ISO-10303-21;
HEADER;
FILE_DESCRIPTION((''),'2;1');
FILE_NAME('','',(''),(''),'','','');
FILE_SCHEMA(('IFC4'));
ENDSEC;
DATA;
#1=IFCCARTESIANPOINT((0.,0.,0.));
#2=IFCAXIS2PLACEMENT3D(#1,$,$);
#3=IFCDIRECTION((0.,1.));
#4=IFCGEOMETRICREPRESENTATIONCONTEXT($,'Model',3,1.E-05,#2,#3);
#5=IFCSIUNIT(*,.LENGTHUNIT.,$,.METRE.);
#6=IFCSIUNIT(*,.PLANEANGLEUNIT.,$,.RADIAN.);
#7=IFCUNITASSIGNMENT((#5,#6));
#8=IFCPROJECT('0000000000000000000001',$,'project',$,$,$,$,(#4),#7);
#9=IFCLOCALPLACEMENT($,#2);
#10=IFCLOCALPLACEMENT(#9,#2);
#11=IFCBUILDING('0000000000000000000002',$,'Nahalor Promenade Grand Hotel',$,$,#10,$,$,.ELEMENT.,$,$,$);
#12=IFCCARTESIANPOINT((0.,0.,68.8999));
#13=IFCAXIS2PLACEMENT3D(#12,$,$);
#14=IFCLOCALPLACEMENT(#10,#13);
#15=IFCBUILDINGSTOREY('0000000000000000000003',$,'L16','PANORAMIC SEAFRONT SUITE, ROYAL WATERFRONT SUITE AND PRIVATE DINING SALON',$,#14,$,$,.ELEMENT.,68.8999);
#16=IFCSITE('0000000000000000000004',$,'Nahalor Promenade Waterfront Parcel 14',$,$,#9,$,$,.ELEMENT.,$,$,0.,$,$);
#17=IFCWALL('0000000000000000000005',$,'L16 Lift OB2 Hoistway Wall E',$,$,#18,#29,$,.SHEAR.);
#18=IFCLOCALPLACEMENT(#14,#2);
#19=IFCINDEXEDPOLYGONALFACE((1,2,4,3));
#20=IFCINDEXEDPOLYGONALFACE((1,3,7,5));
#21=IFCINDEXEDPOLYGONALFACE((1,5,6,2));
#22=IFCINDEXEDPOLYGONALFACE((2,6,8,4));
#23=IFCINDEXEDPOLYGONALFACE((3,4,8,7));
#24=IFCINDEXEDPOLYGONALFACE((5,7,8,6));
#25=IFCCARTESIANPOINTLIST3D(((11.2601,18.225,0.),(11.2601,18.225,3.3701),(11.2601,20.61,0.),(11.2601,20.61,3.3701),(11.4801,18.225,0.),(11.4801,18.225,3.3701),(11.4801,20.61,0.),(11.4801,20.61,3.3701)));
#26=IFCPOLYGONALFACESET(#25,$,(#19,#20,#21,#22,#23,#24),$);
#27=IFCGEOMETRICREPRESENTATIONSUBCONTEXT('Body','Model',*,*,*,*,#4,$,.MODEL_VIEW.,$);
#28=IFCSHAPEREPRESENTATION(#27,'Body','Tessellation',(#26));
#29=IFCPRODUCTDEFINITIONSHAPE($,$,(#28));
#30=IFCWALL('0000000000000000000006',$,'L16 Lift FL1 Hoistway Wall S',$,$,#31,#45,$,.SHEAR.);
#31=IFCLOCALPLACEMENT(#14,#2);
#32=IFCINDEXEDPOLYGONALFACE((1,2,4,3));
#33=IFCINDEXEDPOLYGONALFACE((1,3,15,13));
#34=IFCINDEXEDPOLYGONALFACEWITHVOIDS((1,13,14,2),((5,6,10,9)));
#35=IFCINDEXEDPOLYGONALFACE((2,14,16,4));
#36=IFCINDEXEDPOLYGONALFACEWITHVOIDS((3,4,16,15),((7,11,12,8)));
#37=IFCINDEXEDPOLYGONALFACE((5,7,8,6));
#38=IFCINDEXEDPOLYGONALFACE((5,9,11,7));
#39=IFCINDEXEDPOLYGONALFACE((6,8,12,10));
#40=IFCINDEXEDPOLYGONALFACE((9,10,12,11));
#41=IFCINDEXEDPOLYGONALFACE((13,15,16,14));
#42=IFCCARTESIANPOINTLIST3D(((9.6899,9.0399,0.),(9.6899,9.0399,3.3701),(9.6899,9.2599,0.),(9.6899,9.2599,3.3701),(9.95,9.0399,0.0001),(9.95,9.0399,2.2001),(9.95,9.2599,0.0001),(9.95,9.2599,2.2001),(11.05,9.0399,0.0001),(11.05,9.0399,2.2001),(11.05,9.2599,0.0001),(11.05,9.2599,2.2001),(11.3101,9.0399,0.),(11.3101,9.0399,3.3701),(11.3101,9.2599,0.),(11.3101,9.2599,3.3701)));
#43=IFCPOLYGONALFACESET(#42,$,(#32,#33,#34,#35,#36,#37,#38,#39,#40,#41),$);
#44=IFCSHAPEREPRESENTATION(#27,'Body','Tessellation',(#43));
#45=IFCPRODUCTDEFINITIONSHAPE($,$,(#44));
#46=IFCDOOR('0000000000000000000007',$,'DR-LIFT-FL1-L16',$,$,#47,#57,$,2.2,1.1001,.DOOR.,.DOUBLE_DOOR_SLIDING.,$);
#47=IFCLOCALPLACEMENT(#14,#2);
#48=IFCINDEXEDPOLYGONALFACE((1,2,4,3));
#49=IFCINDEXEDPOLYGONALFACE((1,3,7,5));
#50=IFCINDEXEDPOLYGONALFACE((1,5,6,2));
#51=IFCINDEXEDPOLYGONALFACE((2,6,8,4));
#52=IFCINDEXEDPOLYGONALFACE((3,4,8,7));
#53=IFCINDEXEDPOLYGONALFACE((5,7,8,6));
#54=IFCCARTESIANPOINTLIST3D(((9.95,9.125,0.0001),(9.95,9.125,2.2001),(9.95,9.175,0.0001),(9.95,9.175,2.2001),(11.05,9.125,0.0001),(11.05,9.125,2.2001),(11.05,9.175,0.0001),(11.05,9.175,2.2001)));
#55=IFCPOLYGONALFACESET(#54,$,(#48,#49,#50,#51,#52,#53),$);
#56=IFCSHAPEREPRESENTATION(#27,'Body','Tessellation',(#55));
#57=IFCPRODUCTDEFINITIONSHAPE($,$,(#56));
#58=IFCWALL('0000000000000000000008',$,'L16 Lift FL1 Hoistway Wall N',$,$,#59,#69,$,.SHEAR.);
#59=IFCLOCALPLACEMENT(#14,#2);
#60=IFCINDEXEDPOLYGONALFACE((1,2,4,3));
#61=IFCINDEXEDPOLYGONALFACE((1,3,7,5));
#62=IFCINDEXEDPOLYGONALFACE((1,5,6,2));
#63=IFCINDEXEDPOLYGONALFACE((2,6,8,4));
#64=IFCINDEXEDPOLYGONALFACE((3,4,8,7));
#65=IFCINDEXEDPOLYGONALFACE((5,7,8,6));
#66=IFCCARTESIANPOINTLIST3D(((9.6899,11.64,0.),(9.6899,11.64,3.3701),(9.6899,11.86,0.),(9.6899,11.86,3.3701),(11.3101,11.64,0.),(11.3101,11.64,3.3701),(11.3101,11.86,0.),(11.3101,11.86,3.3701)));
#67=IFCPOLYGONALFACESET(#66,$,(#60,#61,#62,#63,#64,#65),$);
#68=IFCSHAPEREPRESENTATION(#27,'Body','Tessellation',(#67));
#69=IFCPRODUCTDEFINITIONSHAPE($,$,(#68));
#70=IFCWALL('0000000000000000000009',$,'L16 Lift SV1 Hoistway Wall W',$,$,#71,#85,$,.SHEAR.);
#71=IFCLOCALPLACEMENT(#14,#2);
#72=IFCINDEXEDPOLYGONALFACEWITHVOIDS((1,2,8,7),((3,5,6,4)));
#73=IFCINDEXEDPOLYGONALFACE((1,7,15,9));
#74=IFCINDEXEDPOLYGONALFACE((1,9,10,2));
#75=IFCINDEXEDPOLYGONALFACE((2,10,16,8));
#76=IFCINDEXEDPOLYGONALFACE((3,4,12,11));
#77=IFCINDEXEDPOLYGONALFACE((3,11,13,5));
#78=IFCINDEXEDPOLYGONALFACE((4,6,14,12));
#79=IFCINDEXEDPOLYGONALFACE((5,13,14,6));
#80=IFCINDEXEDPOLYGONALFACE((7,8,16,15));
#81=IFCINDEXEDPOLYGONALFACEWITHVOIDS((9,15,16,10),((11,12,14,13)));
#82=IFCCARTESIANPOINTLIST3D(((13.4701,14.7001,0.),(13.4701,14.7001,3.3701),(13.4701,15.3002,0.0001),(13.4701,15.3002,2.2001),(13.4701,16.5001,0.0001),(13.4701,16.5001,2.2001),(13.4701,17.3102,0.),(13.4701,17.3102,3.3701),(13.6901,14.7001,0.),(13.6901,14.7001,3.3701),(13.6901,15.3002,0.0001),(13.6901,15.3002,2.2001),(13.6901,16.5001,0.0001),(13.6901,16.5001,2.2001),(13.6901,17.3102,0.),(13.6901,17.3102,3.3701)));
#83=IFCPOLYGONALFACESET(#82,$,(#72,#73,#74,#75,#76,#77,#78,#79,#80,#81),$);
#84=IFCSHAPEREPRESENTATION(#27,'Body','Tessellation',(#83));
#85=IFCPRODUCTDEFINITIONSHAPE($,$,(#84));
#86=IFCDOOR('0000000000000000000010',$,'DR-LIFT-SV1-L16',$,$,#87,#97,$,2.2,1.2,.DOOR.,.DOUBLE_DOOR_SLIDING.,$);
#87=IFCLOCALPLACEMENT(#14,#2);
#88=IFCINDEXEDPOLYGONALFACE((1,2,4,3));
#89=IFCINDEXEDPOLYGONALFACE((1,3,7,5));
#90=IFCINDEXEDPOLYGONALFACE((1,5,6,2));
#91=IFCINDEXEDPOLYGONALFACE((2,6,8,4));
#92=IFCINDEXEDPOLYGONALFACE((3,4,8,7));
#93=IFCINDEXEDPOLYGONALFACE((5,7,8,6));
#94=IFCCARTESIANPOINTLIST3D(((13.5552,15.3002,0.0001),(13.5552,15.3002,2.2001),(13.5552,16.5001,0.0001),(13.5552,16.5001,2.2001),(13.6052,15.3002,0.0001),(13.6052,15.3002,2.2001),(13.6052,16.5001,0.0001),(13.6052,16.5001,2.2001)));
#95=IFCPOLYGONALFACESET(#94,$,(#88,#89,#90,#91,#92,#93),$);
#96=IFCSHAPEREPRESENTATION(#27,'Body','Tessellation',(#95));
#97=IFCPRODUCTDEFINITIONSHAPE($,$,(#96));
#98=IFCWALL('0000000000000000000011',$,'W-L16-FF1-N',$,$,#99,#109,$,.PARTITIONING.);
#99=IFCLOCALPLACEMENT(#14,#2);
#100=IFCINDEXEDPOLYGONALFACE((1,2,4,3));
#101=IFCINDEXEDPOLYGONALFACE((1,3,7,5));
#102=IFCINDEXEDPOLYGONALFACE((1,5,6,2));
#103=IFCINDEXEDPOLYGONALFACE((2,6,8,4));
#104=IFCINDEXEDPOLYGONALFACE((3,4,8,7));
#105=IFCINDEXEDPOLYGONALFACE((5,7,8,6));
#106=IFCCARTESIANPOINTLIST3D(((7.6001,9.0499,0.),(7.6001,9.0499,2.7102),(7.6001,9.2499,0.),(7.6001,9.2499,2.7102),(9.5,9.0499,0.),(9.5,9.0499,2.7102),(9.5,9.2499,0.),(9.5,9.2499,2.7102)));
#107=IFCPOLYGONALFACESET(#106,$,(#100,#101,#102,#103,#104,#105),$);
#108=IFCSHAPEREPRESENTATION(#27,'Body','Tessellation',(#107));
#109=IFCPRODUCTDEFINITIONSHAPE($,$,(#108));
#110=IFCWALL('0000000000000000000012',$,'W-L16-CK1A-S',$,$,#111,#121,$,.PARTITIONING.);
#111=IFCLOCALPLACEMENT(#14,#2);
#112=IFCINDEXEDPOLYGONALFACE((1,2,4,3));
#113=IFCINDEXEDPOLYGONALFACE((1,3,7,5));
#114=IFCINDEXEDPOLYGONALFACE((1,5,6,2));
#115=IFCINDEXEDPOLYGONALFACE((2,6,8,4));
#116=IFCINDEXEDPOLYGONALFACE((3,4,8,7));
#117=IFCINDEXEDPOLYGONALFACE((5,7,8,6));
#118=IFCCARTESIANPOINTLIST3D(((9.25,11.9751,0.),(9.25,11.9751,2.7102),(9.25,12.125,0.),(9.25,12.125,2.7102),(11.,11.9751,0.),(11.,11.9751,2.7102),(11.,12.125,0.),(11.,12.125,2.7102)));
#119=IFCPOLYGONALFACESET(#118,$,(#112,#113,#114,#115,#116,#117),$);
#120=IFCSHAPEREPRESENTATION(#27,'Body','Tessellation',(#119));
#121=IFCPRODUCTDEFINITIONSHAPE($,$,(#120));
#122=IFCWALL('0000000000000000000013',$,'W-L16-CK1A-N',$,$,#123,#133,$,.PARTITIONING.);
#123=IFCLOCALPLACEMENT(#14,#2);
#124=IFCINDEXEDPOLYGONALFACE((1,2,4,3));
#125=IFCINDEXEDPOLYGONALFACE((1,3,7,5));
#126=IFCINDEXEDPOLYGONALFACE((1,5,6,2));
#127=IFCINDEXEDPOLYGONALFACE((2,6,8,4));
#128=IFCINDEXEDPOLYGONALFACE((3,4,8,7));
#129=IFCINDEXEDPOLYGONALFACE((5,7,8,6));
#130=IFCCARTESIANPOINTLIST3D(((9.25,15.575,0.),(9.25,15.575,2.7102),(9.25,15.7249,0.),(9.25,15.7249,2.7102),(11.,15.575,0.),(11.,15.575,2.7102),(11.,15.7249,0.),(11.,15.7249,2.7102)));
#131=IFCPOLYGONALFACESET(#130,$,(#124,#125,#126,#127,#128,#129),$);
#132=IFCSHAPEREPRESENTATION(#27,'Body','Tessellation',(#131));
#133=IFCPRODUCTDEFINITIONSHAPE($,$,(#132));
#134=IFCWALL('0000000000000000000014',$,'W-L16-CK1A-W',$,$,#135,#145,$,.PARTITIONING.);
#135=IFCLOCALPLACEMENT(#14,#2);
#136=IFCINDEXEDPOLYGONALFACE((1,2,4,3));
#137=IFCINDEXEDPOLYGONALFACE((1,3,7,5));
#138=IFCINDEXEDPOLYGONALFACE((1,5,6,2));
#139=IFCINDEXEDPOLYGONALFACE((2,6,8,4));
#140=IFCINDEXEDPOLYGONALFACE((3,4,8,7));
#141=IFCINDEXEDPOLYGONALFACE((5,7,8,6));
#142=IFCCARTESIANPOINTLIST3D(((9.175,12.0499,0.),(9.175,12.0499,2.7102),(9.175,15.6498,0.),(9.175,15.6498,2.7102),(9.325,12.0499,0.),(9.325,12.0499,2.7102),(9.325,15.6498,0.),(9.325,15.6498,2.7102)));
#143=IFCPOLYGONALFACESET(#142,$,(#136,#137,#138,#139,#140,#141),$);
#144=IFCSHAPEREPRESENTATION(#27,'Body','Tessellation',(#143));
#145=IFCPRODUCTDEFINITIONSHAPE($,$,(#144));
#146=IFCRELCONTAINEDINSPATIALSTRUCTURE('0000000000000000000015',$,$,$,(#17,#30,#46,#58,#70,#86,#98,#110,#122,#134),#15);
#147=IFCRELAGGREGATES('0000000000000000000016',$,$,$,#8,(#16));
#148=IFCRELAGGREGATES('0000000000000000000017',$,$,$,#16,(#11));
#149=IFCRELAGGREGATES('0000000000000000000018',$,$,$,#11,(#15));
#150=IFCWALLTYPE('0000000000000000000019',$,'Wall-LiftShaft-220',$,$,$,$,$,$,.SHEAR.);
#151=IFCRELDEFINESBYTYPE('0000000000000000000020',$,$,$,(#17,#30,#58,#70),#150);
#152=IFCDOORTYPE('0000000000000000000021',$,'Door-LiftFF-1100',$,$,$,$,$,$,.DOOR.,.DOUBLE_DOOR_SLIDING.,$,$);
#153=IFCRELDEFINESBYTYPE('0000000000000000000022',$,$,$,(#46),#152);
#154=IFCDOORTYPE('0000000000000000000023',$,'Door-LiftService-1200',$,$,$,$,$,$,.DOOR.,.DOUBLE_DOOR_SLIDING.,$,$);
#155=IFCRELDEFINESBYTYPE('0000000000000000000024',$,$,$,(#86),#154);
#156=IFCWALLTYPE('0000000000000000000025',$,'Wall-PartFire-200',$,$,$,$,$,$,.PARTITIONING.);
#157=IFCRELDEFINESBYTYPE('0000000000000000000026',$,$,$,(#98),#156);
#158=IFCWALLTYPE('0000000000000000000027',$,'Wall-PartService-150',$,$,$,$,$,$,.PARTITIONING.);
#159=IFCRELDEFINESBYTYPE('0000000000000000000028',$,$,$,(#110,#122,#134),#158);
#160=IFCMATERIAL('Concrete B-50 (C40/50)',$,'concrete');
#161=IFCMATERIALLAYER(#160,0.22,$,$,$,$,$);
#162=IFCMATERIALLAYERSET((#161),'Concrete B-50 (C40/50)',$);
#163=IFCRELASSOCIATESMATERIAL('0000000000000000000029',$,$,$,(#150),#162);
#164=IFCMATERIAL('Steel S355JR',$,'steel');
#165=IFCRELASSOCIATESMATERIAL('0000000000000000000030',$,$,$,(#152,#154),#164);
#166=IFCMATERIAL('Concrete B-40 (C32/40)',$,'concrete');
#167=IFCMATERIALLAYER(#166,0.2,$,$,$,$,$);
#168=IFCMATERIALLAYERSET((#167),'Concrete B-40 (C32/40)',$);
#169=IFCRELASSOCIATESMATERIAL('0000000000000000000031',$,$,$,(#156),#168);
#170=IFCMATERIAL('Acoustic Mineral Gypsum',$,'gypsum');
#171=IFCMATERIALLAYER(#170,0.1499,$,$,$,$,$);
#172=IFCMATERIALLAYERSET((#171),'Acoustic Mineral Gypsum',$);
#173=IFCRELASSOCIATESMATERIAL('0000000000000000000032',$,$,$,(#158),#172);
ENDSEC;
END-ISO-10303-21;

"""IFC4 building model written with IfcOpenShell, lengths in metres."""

from ifc_helpers import new_model, si_unit, direction, frame, frame_2d, origin, place, context, subcontext, project, spatial, rectangle, extrude, source, transform, mapped, material, layer, layer_set, type_object, element, fill, save


model = new_model("IFC4")

# Units and contexts
model_context = context("Model", 3, precision=1e-05, world=origin(), true_north=direction((0.0, 1.0)))
body_context = subcontext(model_context, "Body", "Model", "MODEL_VIEW")
ifc_project = project(units=[si_unit("LENGTHUNIT", "METRE"), si_unit("PLANEANGLEUNIT", "RADIAN")], contexts=[model_context])

# Site, building, storey
site_placement = place(None, origin())
site = spatial("IfcSite", under=ifc_project, at=site_placement, Name="Nahalor Promenade Waterfront Parcel 14", CompositionType="ELEMENT", RefElevation=0.0)
building_placement = place(site_placement, origin())
building = spatial("IfcBuilding", under=site, at=building_placement, Name="Nahalor Promenade Grand Hotel", CompositionType="ELEMENT")
storey_placement = place(building_placement, frame((0.0, 0.0, 68.8999)))
storey = spatial("IfcBuildingStorey", under=building, at=storey_placement, Name="L16", Description="PANORAMIC SEAFRONT SUITE, ROYAL WATERFRONT SUITE AND PRIVATE DINING SALON", CompositionType="ELEMENT", Elevation=68.8999)

# Shared definitions
ifc_material_1 = material(Name="Steel S355JR", Category="steel")

# Shared definitions
ifc_material_2 = material(Name="Concrete B-50 (C40/50)", Category="concrete")
ifc_layer_1 = layer(ifc_material_2, 0.22)
ifc_layer_set_1 = layer_set([ifc_layer_1], Name="Concrete B-50 (C40/50)")
wall_type_1 = type_object("IfcWallType", Name="Wall-LiftShaft-220", PredefinedType="SHEAR", material=ifc_layer_set_1)

# Wall
shared_shape_1 = source(origin(), body_context, "Body", "SweptSolid", [
    extrude(rectangle(XDim=2.385, YDim=0.22, at=frame_2d((1.1924, 0.0))), origin(), (0.0, 0.0, 1.0), 3.3701),
])
for number, where, z_axis, x_axis, name in (
    (1, (11.3701, 18.2251, 0.0), (0.0, 0.0, 1.0), (0.0, 1.0, 0.0), "L16 Lift OB2 Hoistway Wall E"),
):
    element("IfcWall", number, at=place(storey_placement, frame(where, z_axis=z_axis, x_axis=x_axis)), inside=storey, type_object=wall_type_1, Name=name, PredefinedType="SHEAR", context=body_context, shape_type="MappedRepresentation", body=[
        mapped(shared_shape_1, transform((0.0, 0.0, 0.0), scale=1.0)),
    ])

# Wall, opening, door
shared_shape_2 = source(origin(), body_context, "Body", "SweptSolid", [
    extrude(rectangle(XDim=1.6201, YDim=0.22, at=frame_2d((0.8101, 0.0))), origin(), (0.0, 0.0, 1.0), 3.3701),
])
wall_1_placement = place(storey_placement, frame((9.6899, 9.1499, 0.0), z_axis=(0.0, 0.0, 1.0), x_axis=(1.0, 0.0, 0.0)))
wall_1 = element("IfcWall", 2, at=wall_1_placement, inside=storey, type_object=wall_type_1, Name="L16 Lift FL1 Hoistway Wall S", PredefinedType="SHEAR", context=body_context, shape_type="MappedRepresentation", body=[
    mapped(shared_shape_2, transform((0.0, 0.0, 0.0), scale=1.0)),
])
opening_1_placement = place(wall_1_placement, frame((0.26, 0.0, 0.0)))
opening_1 = element("IfcOpeningElement", 3, at=opening_1_placement, cuts=wall_1, PredefinedType="OPENING", context=body_context, shape_type="SweptSolid", body=[
    extrude(rectangle(XDim=1.1001, YDim=2.2, at=frame_2d((0.55, 1.1001))), frame((0.0, 0.1199, 0.0), z_axis=(0.0, -1.0, 0.0), x_axis=(1.0, 0.0, 0.0)), (0.0, 0.0, 1.0), 0.24),
])
door_type_1 = type_object("IfcDoorType", Name="Door-LiftFF-1100", OperationType="DOUBLE_DOOR_SLIDING", PredefinedType="DOOR", material=ifc_material_1)
shared_shape_3 = source(origin(), body_context, "Body", "SweptSolid", [
    extrude(rectangle(XDim=1.1001, YDim=2.2, at=frame_2d((0.55, 1.1001))), frame((0.0, 0.0249, 0.0), z_axis=(0.0, -1.0, 0.0), x_axis=(1.0, 0.0, 0.0)), (0.0, 0.0, 1.0), 0.05),
])
door_1_placement = place(opening_1_placement, frame((1.1001, 0.0, 0.0), z_axis=(0.0, 0.0, 1.0), x_axis=(-1.0, 0.0, 0.0)))
door_1 = element("IfcDoor", 4, at=door_1_placement, inside=storey, type_object=door_type_1, Name="DR-LIFT-FL1-L16", OperationType="DOUBLE_DOOR_SLIDING", OverallHeight=2.2, OverallWidth=1.1001, PredefinedType="DOOR", context=body_context, shape_type="MappedRepresentation", body=[
    mapped(shared_shape_3, transform((0.0, 0.0, 0.0), scale=1.0)),
])
fill(opening_1, door_1)

# Wall
wall_2_placement = place(storey_placement, frame((9.6899, 11.75, 0.0), z_axis=(0.0, 0.0, 1.0), x_axis=(1.0, 0.0, 0.0)))
element("IfcWall", 5, at=wall_2_placement, inside=storey, type_object=wall_type_1, Name="L16 Lift FL1 Hoistway Wall N", PredefinedType="SHEAR", context=body_context, shape_type="MappedRepresentation", body=[
    mapped(shared_shape_2, transform((0.0, 0.0, 0.0), scale=1.0)),
])

# Wall, opening, door
shared_shape_4 = source(origin(), body_context, "Body", "SweptSolid", [
    extrude(rectangle(XDim=2.6101, YDim=0.22, at=frame_2d((1.3052, 0.0))), origin(), (0.0, 0.0, 1.0), 3.3701),
])
wall_3_placement = place(storey_placement, frame((13.5801, 14.7, 0.0), z_axis=(0.0, 0.0, 1.0), x_axis=(0.0, 1.0, 0.0)))
wall_3 = element("IfcWall", 6, at=wall_3_placement, inside=storey, type_object=wall_type_1, Name="L16 Lift SV1 Hoistway Wall W", PredefinedType="SHEAR", context=body_context, shape_type="MappedRepresentation", body=[
    mapped(shared_shape_4, transform((0.0, 0.0, 0.0), scale=1.0)),
])
opening_2_placement = place(wall_3_placement, frame((0.6001, 0.0, 0.0)))
opening_2 = element("IfcOpeningElement", 7, at=opening_2_placement, cuts=wall_3, PredefinedType="OPENING", context=body_context, shape_type="SweptSolid", body=[
    extrude(rectangle(XDim=1.2, YDim=2.2, at=frame_2d((0.6001, 1.1001))), frame((0.0, 0.1199, 0.0), z_axis=(0.0, -1.0, 0.0), x_axis=(1.0, 0.0, 0.0)), (0.0, 0.0, 1.0), 0.24),
])
door_type_2 = type_object("IfcDoorType", Name="Door-LiftService-1200", OperationType="DOUBLE_DOOR_SLIDING", PredefinedType="DOOR", material=ifc_material_1)
shared_shape_5 = source(origin(), body_context, "Body", "SweptSolid", [
    extrude(rectangle(XDim=1.2, YDim=2.2, at=frame_2d((0.6001, 1.1001))), frame((0.0, 0.0249, 0.0), z_axis=(0.0, -1.0, 0.0), x_axis=(1.0, 0.0, 0.0)), (0.0, 0.0, 1.0), 0.05),
])
door_2_placement = place(opening_2_placement, origin())
door_2 = element("IfcDoor", 8, at=door_2_placement, inside=storey, type_object=door_type_2, Name="DR-LIFT-SV1-L16", OperationType="DOUBLE_DOOR_SLIDING", OverallHeight=2.2, OverallWidth=1.2, PredefinedType="DOOR", context=body_context, shape_type="MappedRepresentation", body=[
    mapped(shared_shape_5, transform((0.0, 0.0, 0.0), scale=1.0)),
])
fill(opening_2, door_2)

# Walls
ifc_material_3 = material(Name="Concrete B-40 (C32/40)", Category="concrete")
ifc_layer_2 = layer(ifc_material_3, 0.2)
ifc_layer_set_2 = layer_set([ifc_layer_2], Name="Concrete B-40 (C32/40)")
wall_type_2 = type_object("IfcWallType", Name="Wall-PartFire-200", PredefinedType="PARTITIONING", material=ifc_layer_set_2)
shared_shape_6 = source(origin(), body_context, "Body", "SweptSolid", [
    extrude(rectangle(XDim=1.8999, YDim=0.2, at=frame_2d((0.95, 0.0))), origin(), (0.0, 0.0, 1.0), 2.7102),
])
wall_4_placement = place(storey_placement, frame((7.6001, 9.1499, 0.0), z_axis=(0.0, 0.0, 1.0), x_axis=(1.0, 0.0, 0.0)))
element("IfcWall", 9, at=wall_4_placement, inside=storey, type_object=wall_type_2, Name="W-L16-FF1-N", PredefinedType="PARTITIONING", context=body_context, shape_type="MappedRepresentation", body=[
    mapped(shared_shape_6, transform((0.0, 0.0, 0.0), scale=1.0)),
])
ifc_material_4 = material(Name="Acoustic Mineral Gypsum", Category="gypsum")
ifc_layer_3 = layer(ifc_material_4, 0.1499)
ifc_layer_set_3 = layer_set([ifc_layer_3], Name="Acoustic Mineral Gypsum")
wall_type_3 = type_object("IfcWallType", Name="Wall-PartService-150", PredefinedType="PARTITIONING", material=ifc_layer_set_3)
shared_shape_7 = source(origin(), body_context, "Body", "SweptSolid", [
    extrude(rectangle(XDim=1.75, YDim=0.1499, at=frame_2d((0.875, 0.0))), origin(), (0.0, 0.0, 1.0), 2.7102),
])
for number, where, z_axis, x_axis, name in (
    (10, (9.25, 12.05, 0.0), (0.0, 0.0, 1.0), (1.0, 0.0, 0.0), "W-L16-CK1A-S"),
    (11, (9.25, 15.6499, 0.0), (0.0, 0.0, 1.0), (1.0, 0.0, 0.0), "W-L16-CK1A-N"),
):
    element("IfcWall", number, at=place(storey_placement, frame(where, z_axis=z_axis, x_axis=x_axis)), inside=storey, type_object=wall_type_3, Name=name, PredefinedType="PARTITIONING", context=body_context, shape_type="MappedRepresentation", body=[
        mapped(shared_shape_7, transform((0.0, 0.0, 0.0), scale=1.0)),
    ])
shared_shape_8 = source(origin(), body_context, "Body", "SweptSolid", [
    extrude(rectangle(XDim=3.5999, YDim=0.1499, at=frame_2d((1.7998, 0.0))), origin(), (0.0, 0.0, 1.0), 2.7102),
])
wall_5_placement = place(storey_placement, frame((9.25, 12.05, 0.0), z_axis=(0.0, 0.0, 1.0), x_axis=(0.0, 1.0, 0.0)))
element("IfcWall", 12, at=wall_5_placement, inside=storey, type_object=wall_type_3, Name="W-L16-CK1A-W", PredefinedType="PARTITIONING", context=body_context, shape_type="MappedRepresentation", body=[
    mapped(shared_shape_8, transform((0.0, 0.0, 0.0), scale=1.0)),
])

save(model, "model.ifc")
